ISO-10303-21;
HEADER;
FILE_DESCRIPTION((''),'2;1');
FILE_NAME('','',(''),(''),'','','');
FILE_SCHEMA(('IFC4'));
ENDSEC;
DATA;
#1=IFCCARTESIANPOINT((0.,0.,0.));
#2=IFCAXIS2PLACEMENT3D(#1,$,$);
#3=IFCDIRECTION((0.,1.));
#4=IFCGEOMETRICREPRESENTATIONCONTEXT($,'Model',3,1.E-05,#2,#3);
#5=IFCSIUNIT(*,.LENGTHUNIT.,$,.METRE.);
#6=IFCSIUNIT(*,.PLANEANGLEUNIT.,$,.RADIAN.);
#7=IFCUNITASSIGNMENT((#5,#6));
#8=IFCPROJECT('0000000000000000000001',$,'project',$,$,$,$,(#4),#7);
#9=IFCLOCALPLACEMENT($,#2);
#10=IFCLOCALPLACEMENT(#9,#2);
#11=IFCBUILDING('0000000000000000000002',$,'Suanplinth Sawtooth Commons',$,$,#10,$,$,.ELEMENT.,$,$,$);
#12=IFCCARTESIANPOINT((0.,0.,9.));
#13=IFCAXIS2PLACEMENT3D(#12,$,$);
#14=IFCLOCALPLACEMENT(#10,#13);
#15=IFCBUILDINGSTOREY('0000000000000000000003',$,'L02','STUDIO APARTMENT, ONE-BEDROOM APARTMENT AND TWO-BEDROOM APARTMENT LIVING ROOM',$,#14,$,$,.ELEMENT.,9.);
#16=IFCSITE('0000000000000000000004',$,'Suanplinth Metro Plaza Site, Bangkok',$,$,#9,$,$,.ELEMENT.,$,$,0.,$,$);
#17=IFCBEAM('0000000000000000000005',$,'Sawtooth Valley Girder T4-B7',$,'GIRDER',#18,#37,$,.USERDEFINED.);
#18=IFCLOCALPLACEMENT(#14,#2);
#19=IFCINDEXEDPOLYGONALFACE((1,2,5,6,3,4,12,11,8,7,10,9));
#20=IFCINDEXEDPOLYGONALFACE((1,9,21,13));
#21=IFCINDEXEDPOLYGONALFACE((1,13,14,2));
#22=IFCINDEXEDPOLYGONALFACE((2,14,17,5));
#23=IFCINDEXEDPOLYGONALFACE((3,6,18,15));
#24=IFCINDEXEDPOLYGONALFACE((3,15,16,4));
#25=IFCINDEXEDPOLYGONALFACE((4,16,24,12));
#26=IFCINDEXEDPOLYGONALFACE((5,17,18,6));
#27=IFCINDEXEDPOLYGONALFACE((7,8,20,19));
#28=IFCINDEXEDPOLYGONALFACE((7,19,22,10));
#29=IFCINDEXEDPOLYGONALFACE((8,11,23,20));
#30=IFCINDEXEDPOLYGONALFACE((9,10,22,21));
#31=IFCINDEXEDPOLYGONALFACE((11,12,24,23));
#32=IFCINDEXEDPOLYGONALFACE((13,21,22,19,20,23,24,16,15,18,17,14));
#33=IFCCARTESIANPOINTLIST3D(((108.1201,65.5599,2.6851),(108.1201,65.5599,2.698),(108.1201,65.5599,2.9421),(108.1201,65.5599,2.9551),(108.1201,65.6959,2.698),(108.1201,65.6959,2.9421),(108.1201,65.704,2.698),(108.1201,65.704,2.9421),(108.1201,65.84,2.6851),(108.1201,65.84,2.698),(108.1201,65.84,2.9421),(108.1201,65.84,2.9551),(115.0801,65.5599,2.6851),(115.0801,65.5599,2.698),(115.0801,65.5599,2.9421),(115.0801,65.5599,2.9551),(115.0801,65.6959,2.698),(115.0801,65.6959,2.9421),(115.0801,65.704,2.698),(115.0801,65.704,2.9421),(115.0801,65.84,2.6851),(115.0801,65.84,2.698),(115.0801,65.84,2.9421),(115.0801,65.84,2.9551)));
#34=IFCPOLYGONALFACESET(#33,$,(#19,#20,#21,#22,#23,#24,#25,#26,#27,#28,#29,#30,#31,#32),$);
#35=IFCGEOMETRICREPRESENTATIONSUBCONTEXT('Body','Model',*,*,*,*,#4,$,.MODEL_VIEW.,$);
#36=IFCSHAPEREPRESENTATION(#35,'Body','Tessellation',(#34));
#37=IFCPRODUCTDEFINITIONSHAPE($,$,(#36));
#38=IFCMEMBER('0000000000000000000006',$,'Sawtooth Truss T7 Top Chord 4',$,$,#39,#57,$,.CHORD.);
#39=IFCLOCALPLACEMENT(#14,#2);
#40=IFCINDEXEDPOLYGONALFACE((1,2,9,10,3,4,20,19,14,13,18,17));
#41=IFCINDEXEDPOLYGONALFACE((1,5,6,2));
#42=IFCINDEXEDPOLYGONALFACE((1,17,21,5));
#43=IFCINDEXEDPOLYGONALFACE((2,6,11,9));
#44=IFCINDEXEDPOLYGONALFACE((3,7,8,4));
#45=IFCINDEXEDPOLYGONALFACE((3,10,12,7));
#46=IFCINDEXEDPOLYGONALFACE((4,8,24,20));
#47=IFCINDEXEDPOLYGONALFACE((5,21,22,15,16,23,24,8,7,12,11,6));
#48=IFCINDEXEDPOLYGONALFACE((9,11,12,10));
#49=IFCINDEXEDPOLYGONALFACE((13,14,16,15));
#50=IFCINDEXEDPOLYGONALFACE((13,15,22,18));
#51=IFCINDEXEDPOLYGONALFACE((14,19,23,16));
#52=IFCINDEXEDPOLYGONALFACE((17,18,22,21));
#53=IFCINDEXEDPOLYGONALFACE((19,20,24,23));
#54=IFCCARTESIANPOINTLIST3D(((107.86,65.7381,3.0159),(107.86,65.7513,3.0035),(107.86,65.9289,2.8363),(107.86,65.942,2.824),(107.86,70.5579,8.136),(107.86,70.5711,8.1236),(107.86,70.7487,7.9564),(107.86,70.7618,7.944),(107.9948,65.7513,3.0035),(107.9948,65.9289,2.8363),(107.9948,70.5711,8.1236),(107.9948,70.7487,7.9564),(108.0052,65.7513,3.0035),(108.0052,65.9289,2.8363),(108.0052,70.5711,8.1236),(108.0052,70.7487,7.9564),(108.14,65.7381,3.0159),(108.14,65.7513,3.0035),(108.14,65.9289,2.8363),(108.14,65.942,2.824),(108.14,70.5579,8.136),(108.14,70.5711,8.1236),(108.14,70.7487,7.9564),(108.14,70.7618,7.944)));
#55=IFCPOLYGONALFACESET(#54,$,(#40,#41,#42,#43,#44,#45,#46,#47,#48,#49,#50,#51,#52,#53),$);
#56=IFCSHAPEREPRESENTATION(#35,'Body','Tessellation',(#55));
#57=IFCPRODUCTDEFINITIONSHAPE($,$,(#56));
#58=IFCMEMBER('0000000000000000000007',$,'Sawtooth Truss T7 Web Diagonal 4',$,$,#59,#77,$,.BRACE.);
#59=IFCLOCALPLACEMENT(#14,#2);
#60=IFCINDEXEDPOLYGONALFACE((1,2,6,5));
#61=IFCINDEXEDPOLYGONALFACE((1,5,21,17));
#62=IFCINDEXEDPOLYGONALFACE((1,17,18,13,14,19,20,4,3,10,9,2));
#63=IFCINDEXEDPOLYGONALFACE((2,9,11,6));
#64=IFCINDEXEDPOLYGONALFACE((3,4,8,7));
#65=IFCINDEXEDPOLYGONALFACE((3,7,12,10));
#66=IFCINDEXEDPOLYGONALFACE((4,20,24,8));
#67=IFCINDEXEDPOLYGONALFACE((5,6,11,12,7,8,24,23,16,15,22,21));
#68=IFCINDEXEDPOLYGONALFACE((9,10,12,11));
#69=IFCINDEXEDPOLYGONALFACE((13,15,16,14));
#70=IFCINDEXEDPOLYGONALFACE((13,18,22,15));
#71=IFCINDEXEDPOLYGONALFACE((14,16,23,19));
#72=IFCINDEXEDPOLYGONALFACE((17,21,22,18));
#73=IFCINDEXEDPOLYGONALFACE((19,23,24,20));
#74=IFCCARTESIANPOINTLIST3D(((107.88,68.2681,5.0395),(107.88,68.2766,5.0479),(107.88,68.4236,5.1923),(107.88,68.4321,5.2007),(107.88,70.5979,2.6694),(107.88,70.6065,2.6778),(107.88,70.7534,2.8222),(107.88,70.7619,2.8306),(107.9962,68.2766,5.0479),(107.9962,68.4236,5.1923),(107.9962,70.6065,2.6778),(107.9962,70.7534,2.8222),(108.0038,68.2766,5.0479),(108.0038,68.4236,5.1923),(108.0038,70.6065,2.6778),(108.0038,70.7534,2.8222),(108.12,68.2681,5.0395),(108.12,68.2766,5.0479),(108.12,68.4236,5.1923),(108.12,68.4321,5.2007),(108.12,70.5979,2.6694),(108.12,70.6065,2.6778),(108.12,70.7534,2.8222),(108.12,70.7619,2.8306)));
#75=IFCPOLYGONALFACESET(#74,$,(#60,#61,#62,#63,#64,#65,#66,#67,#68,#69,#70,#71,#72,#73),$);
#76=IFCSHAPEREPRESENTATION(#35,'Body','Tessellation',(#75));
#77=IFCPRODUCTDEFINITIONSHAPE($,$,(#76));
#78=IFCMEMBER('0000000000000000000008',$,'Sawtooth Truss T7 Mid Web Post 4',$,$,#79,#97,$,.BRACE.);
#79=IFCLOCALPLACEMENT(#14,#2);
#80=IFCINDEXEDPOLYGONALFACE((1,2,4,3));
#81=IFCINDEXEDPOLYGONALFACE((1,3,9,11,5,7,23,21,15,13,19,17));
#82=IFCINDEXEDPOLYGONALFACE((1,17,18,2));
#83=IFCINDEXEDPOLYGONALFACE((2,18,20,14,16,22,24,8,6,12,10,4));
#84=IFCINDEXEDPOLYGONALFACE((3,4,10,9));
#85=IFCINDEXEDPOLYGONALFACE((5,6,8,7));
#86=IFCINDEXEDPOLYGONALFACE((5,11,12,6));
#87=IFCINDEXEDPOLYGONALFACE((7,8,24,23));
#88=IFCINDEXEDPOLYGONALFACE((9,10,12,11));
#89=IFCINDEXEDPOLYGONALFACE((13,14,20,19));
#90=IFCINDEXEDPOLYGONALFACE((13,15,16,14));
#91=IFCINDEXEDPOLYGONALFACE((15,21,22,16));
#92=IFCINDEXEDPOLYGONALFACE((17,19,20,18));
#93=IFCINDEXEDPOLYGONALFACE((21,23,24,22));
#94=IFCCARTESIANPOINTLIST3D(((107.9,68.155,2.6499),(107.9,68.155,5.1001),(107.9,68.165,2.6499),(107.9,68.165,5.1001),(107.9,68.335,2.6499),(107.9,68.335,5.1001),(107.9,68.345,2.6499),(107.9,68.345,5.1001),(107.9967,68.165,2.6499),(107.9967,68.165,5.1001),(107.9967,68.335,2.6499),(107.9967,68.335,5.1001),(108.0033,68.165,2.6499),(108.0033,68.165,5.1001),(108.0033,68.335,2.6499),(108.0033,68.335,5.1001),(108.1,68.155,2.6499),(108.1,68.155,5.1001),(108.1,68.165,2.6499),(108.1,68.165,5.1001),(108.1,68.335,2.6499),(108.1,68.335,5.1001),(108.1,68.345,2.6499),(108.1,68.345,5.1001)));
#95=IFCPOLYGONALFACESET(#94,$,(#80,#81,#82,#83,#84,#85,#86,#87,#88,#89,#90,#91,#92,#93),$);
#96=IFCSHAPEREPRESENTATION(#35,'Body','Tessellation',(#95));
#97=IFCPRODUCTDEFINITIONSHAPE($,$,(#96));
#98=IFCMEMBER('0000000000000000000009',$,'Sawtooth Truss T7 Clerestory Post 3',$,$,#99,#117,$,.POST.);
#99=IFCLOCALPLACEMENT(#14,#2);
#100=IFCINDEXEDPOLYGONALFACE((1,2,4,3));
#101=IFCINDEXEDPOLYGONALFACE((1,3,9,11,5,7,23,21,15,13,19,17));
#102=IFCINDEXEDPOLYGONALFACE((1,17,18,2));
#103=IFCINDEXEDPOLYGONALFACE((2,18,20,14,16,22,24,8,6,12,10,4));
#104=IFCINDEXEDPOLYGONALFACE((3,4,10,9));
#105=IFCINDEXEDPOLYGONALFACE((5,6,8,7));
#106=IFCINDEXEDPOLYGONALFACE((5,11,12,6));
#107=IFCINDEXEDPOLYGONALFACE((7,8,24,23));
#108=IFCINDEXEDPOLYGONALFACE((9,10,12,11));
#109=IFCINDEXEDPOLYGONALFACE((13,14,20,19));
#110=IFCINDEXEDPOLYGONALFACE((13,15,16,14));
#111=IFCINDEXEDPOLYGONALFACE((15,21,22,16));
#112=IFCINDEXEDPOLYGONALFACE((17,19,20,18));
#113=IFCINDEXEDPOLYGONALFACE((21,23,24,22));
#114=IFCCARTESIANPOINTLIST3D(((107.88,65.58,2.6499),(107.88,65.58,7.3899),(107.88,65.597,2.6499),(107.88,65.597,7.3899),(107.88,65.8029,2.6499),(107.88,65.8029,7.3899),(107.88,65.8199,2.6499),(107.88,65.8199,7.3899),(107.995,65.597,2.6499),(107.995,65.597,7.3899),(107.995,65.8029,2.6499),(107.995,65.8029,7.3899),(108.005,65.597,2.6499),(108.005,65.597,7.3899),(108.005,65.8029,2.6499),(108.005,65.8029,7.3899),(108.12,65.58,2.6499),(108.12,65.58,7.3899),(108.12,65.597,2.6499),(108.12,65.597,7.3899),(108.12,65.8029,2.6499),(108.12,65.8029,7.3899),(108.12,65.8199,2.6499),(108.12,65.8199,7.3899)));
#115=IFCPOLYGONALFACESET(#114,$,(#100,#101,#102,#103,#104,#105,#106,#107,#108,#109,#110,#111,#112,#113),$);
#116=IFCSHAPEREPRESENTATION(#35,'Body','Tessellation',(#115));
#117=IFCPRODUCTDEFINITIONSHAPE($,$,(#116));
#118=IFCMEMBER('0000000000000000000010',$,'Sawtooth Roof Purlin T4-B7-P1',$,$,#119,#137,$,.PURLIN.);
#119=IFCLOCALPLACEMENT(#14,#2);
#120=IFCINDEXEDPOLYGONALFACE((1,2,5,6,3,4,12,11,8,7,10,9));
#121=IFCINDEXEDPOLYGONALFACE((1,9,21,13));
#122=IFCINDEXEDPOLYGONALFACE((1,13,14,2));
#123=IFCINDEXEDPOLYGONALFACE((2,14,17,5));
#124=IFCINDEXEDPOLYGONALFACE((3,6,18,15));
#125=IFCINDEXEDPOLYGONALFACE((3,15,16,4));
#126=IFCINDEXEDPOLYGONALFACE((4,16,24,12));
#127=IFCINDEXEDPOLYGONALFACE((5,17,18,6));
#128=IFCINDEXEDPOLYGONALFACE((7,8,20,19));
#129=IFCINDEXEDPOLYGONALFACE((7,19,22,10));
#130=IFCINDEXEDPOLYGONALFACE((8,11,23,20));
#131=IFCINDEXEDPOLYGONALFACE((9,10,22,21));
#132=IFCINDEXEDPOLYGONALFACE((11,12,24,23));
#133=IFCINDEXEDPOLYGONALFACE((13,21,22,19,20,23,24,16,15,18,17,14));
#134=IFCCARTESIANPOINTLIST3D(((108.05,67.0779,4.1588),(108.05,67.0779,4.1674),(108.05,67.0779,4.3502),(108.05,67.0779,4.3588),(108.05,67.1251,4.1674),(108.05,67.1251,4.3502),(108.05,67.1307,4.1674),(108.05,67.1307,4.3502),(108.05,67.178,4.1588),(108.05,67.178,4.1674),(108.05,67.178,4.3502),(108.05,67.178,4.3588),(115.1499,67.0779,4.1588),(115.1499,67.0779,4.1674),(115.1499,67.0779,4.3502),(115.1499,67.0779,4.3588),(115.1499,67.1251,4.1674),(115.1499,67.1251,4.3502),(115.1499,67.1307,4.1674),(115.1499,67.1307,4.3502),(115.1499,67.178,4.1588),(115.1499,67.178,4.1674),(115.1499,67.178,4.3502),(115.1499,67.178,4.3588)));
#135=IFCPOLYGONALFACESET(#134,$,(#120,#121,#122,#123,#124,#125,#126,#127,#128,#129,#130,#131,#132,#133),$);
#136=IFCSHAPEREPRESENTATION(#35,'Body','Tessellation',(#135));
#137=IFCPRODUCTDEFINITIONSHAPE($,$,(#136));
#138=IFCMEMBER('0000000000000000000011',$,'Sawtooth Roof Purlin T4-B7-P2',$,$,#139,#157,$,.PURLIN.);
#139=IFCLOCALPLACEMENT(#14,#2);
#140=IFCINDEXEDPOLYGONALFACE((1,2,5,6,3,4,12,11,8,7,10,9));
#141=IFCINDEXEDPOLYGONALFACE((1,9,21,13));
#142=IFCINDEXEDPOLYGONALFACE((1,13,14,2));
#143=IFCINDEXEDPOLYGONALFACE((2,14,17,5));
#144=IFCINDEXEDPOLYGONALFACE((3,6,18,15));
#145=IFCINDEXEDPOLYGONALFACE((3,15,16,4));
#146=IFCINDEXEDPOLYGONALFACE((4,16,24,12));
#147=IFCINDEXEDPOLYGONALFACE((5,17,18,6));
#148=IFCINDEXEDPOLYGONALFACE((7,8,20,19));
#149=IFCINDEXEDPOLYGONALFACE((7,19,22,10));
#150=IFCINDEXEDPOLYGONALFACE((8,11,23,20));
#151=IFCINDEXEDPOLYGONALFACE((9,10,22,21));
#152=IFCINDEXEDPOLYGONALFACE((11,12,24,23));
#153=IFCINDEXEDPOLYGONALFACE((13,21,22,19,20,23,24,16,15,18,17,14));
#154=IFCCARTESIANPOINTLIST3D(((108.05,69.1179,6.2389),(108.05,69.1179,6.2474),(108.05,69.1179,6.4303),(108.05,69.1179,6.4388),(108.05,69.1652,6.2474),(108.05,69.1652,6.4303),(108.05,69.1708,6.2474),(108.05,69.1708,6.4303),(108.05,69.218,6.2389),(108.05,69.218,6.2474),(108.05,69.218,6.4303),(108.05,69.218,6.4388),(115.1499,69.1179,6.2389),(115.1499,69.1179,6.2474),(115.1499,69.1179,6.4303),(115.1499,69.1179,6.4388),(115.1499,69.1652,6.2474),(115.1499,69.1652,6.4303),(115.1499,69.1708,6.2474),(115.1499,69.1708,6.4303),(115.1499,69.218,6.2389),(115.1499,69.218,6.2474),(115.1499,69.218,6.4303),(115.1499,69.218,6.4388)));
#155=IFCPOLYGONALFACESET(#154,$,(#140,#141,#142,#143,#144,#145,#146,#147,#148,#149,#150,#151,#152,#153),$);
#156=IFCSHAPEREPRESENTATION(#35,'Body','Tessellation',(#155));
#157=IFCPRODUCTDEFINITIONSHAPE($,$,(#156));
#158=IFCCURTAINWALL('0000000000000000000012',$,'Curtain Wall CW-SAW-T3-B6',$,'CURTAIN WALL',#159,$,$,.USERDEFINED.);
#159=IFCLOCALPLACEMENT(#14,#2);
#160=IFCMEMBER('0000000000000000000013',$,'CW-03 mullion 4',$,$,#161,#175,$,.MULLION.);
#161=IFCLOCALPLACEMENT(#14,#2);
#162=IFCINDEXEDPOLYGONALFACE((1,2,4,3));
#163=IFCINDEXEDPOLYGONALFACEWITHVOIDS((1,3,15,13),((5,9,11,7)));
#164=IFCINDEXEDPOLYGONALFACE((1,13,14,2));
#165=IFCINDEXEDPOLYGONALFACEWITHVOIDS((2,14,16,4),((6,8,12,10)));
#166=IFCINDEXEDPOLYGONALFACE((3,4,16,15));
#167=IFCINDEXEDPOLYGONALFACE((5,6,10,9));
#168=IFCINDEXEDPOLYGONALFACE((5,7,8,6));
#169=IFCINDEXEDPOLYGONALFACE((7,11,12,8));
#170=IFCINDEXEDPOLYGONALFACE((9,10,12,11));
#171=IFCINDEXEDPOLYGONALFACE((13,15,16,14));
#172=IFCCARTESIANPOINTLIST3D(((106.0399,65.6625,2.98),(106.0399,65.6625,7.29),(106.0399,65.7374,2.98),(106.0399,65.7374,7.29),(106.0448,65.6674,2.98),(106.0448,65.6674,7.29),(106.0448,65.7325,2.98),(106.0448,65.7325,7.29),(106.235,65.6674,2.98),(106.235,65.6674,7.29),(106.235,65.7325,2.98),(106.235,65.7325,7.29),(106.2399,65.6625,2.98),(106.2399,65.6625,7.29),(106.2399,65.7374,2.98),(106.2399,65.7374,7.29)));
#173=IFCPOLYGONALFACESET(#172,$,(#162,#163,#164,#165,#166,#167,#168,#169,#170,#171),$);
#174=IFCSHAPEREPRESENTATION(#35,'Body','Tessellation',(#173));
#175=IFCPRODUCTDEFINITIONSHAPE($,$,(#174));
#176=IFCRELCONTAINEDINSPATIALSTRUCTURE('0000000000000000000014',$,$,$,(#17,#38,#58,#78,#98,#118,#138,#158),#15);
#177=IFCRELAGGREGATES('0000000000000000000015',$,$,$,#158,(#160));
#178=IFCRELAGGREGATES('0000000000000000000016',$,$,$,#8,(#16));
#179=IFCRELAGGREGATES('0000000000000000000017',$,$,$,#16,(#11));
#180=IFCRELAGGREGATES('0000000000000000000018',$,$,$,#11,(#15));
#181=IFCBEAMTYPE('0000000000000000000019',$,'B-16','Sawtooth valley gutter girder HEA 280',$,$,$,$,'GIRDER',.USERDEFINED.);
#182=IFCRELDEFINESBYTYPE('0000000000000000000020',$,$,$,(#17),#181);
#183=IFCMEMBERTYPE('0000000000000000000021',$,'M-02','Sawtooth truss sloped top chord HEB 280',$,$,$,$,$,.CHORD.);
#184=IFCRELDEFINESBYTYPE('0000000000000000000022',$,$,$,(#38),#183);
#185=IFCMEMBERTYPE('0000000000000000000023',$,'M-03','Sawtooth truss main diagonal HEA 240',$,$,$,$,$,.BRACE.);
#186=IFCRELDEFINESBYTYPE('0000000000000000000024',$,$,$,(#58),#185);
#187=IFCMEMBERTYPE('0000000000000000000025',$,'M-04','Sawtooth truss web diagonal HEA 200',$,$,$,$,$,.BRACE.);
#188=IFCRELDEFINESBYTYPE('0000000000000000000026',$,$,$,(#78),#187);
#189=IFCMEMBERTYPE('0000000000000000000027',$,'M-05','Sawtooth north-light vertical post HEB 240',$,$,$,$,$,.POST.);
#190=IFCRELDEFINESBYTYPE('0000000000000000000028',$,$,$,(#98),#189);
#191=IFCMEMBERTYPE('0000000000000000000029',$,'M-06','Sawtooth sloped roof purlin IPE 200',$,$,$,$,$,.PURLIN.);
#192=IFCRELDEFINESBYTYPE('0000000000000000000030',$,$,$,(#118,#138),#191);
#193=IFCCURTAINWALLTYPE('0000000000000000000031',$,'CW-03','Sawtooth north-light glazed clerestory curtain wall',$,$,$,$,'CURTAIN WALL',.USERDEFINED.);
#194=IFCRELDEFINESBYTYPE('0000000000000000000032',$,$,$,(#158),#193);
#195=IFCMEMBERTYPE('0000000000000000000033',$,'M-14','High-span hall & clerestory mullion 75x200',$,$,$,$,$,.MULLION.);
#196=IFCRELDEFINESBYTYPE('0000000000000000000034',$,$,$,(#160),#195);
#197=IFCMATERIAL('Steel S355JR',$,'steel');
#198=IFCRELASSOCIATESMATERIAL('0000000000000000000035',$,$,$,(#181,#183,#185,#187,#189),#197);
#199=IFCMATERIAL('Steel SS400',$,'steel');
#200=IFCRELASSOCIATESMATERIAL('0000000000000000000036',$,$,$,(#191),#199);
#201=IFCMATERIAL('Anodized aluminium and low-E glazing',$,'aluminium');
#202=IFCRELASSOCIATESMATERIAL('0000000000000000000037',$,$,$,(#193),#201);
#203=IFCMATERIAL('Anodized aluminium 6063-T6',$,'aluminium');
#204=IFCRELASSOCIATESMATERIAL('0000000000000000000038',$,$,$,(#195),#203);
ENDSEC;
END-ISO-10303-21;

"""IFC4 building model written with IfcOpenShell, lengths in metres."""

from ifc_helpers import new_model, si_unit, direction, frame, origin, origin_2d, place, context, subcontext, project, spatial, hollow_rectangle, i_section, extrude, material, material_profile, profile_set, type_object, element, aggregate, save


model = new_model("IFC4")

# Units and contexts
model_context = context("Model", 3, precision=1e-05, world=origin(), true_north=direction((0.0, 1.0)))
body_context = subcontext(model_context, "Body", "Model", "MODEL_VIEW")
ifc_project = project(units=[si_unit("LENGTHUNIT", "METRE"), si_unit("PLANEANGLEUNIT", "RADIAN")], contexts=[model_context])

# Site, building, storey
site_placement = place(None, origin())
site = spatial("IfcSite", under=ifc_project, at=site_placement, Name="Suanplinth Metro Plaza Site, Bangkok", CompositionType="ELEMENT", RefElevation=0.0)
building_placement = place(site_placement, origin())
building = spatial("IfcBuilding", under=site, at=building_placement, Name="Suanplinth Sawtooth Commons", CompositionType="ELEMENT")
storey_placement = place(building_placement, frame((0.0, 0.0, 9.0)))
storey = spatial("IfcBuildingStorey", under=building, at=storey_placement, Name="L02", Description="STUDIO APARTMENT, ONE-BEDROOM APARTMENT AND TWO-BEDROOM APARTMENT LIVING ROOM", CompositionType="ELEMENT", Elevation=9.0)

# Beam
ifc_material_1 = material(Name="Steel S355JR", Category="steel")
ifc_material_profile_1 = material_profile(ifc_material_1, i_section(OverallWidth=0.28, OverallDepth=0.27, WebThickness=0.0081, FlangeThickness=0.0129, at=origin_2d()), Name="HEA 280")
ifc_profile_set_1 = profile_set([ifc_material_profile_1], Name="Steel S355JR")
beam_type = type_object("IfcBeamType", Name="B-16", Description="Sawtooth valley gutter girder HEA 280", ElementType="GIRDER", PredefinedType="USERDEFINED", material=ifc_profile_set_1)
beam_placement = place(storey_placement, frame((108.1201, 65.7, 2.8201), z_axis=(1.0, 0.0, 0.0), x_axis=(0.0, 1.0, 0.0)))
element("IfcBeam", 1, at=beam_placement, inside=storey, type_object=beam_type, Name="Sawtooth Valley Girder T4-B7", ObjectType="GIRDER", PredefinedType="USERDEFINED", context=body_context, shape_type="SweptSolid", body=[
    extrude(i_section(OverallWidth=0.28, OverallDepth=0.27, WebThickness=0.0081, FlangeThickness=0.0129, at=origin_2d()), origin(), (0.0, 0.0, 1.0), 6.96),
])

# Members
ifc_material_profile_2 = material_profile(ifc_material_1, i_section(OverallWidth=0.28, OverallDepth=0.28, WebThickness=0.0105, FlangeThickness=0.0181, at=origin_2d()), Name="HEB 280")
ifc_profile_set_2 = profile_set([ifc_material_profile_2], Name="Steel S355JR")
member_type_1 = type_object("IfcMemberType", Name="M-02", Description="Sawtooth truss sloped top chord HEB 280", PredefinedType="CHORD", material=ifc_profile_set_2)
member_1_placement = place(storey_placement, frame((108.0, 65.8401, 2.9199), z_axis=(0.0, 0.685432, 0.728137), x_axis=(-1.0, 0.0, 0.0)))
element("IfcMember", 2, at=member_1_placement, inside=storey, type_object=member_type_1, Name="Sawtooth Truss T7 Top Chord 4", PredefinedType="CHORD", context=body_context, shape_type="SweptSolid", body=[
    extrude(i_section(OverallWidth=0.28, OverallDepth=0.28, WebThickness=0.0105, FlangeThickness=0.0181, at=origin_2d()), origin(), (0.0, 0.0, 1.0), 7.0317),
])
ifc_material_profile_3 = material_profile(ifc_material_1, i_section(OverallWidth=0.24, OverallDepth=0.23, WebThickness=0.0076, FlangeThickness=0.012, at=origin_2d()), Name="HEA 240")
ifc_profile_set_3 = profile_set([ifc_material_profile_3], Name="Steel S355JR")
member_type_2 = type_object("IfcMemberType", Name="M-03", Description="Sawtooth truss main diagonal HEA 240", PredefinedType="BRACE", material=ifc_profile_set_3)
member_2_placement = place(storey_placement, frame((108.0, 68.3501, 5.1201), z_axis=(0.0, 0.70102, -0.713141), x_axis=(-1.0, 0.0, 0.0)))
element("IfcMember", 3, at=member_2_placement, inside=storey, type_object=member_type_2, Name="Sawtooth Truss T7 Web Diagonal 4", PredefinedType="BRACE", context=body_context, shape_type="SweptSolid", body=[
    extrude(i_section(OverallWidth=0.24, OverallDepth=0.23, WebThickness=0.0076, FlangeThickness=0.012, at=origin_2d()), origin(), (0.0, 0.0, 1.0), 3.3235),
])
ifc_material_profile_4 = material_profile(ifc_material_1, i_section(OverallWidth=0.2, OverallDepth=0.1899, WebThickness=0.0066, FlangeThickness=0.01, at=origin_2d()), Name="HEA 200")
ifc_profile_set_4 = profile_set([ifc_material_profile_4], Name="Steel S355JR")
member_type_3 = type_object("IfcMemberType", Name="M-04", Description="Sawtooth truss web diagonal HEA 200", PredefinedType="BRACE", material=ifc_profile_set_4)
member_3_placement = place(storey_placement, frame((108.0, 68.25, 2.6499), z_axis=(0.0, 0.0, 1.0), x_axis=(1.0, 0.0, 0.0)))
element("IfcMember", 4, at=member_3_placement, inside=storey, type_object=member_type_3, Name="Sawtooth Truss T7 Mid Web Post 4", PredefinedType="BRACE", context=body_context, shape_type="SweptSolid", body=[
    extrude(i_section(OverallWidth=0.2, OverallDepth=0.1899, WebThickness=0.0066, FlangeThickness=0.01, at=origin_2d()), origin(), (0.0, 0.0, 1.0), 2.4502),
])
ifc_material_profile_5 = material_profile(ifc_material_1, i_section(OverallWidth=0.24, OverallDepth=0.24, WebThickness=0.01, FlangeThickness=0.0171, at=origin_2d()), Name="HEB 240")
ifc_profile_set_5 = profile_set([ifc_material_profile_5], Name="Steel S355JR")
member_type_4 = type_object("IfcMemberType", Name="M-05", Description="Sawtooth north-light vertical post HEB 240", PredefinedType="POST", material=ifc_profile_set_5)
member_4_placement = place(storey_placement, frame((108.0, 65.7, 2.6499), z_axis=(0.0, 0.0, 1.0), x_axis=(1.0, 0.0, 0.0)))
element("IfcMember", 5, at=member_4_placement, inside=storey, type_object=member_type_4, Name="Sawtooth Truss T7 Clerestory Post 3", PredefinedType="POST", context=body_context, shape_type="SweptSolid", body=[
    extrude(i_section(OverallWidth=0.24, OverallDepth=0.24, WebThickness=0.01, FlangeThickness=0.0171, at=origin_2d()), origin(), (0.0, 0.0, 1.0), 4.74),
])
ifc_material_2 = material(Name="Steel SS400", Category="steel")
ifc_material_profile_6 = material_profile(ifc_material_2, i_section(OverallWidth=0.1001, OverallDepth=0.2, WebThickness=0.0056, FlangeThickness=0.0085, at=origin_2d()), Name="IPE 200")
ifc_profile_set_6 = profile_set([ifc_material_profile_6], Name="Steel SS400")
member_type_5 = type_object("IfcMemberType", Name="M-06", Description="Sawtooth sloped roof purlin IPE 200", PredefinedType="PURLIN", material=ifc_profile_set_6)
for number, where, z_axis, x_axis, name in (
    (6, (108.05, 67.1279, 4.2588), (1.0, 0.0, 0.0), (0.0, 1.0, 0.0), "Sawtooth Roof Purlin T4-B7-P1"),
    (7, (108.05, 69.168, 6.3389), (1.0, 0.0, 0.0), (0.0, 1.0, 0.0), "Sawtooth Roof Purlin T4-B7-P2"),
):
    element("IfcMember", number, at=place(storey_placement, frame(where, z_axis=z_axis, x_axis=x_axis)), inside=storey, type_object=member_type_5, Name=name, PredefinedType="PURLIN", context=body_context, shape_type="SweptSolid", body=[
        extrude(i_section(OverallWidth=0.1001, OverallDepth=0.2, WebThickness=0.0056, FlangeThickness=0.0085, at=origin_2d()), origin(), (0.0, 0.0, 1.0), 7.0999),
    ])

# Curtain wall, member
ifc_material_3 = material(Name="Anodized aluminium and low-E glazing", Category="aluminium")
curtain_wall_type = type_object("IfcCurtainWallType", Name="CW-03", Description="Sawtooth north-light glazed clerestory curtain wall", ElementType="CURTAIN WALL", PredefinedType="USERDEFINED", material=ifc_material_3)
curtain_wall_1_placement = place(storey_placement, origin())
curtain_wall_1 = element("IfcCurtainWall", 8, at=curtain_wall_1_placement, inside=storey, type_object=curtain_wall_type, Name="Curtain Wall CW-SAW-T3-B6", ObjectType="CURTAIN WALL", PredefinedType="USERDEFINED")
ifc_material_4 = material(Name="Anodized aluminium 6063-T6", Category="aluminium")
ifc_material_profile_7 = material_profile(ifc_material_4, hollow_rectangle(XDim=0.075, YDim=0.2, WallThickness=0.0049, at=origin_2d()), Name="ALU-MUL 75x200")
ifc_profile_set_7 = profile_set([ifc_material_profile_7], Name="Anodized aluminium 6063-T6")
member_type_6 = type_object("IfcMemberType", Name="M-14", Description="High-span hall & clerestory mullion 75x200", PredefinedType="MULLION", material=ifc_profile_set_7)
member_5_placement = place(storey_placement, frame((106.1399, 65.7, 2.98), z_axis=(0.0, 0.0, 1.0), x_axis=(0.0, 1.0, 0.0)))
member_5 = element("IfcMember", 9, at=member_5_placement, type_object=member_type_6, Name="CW-03 mullion 4", PredefinedType="MULLION", context=body_context, shape_type="SweptSolid", body=[
    extrude(hollow_rectangle(XDim=0.075, YDim=0.2, WallThickness=0.0049, at=origin_2d()), origin(), (0.0, 0.0, 1.0), 4.3101),
])

aggregate(curtain_wall_1, [member_5])

save(model, "model.ifc")
